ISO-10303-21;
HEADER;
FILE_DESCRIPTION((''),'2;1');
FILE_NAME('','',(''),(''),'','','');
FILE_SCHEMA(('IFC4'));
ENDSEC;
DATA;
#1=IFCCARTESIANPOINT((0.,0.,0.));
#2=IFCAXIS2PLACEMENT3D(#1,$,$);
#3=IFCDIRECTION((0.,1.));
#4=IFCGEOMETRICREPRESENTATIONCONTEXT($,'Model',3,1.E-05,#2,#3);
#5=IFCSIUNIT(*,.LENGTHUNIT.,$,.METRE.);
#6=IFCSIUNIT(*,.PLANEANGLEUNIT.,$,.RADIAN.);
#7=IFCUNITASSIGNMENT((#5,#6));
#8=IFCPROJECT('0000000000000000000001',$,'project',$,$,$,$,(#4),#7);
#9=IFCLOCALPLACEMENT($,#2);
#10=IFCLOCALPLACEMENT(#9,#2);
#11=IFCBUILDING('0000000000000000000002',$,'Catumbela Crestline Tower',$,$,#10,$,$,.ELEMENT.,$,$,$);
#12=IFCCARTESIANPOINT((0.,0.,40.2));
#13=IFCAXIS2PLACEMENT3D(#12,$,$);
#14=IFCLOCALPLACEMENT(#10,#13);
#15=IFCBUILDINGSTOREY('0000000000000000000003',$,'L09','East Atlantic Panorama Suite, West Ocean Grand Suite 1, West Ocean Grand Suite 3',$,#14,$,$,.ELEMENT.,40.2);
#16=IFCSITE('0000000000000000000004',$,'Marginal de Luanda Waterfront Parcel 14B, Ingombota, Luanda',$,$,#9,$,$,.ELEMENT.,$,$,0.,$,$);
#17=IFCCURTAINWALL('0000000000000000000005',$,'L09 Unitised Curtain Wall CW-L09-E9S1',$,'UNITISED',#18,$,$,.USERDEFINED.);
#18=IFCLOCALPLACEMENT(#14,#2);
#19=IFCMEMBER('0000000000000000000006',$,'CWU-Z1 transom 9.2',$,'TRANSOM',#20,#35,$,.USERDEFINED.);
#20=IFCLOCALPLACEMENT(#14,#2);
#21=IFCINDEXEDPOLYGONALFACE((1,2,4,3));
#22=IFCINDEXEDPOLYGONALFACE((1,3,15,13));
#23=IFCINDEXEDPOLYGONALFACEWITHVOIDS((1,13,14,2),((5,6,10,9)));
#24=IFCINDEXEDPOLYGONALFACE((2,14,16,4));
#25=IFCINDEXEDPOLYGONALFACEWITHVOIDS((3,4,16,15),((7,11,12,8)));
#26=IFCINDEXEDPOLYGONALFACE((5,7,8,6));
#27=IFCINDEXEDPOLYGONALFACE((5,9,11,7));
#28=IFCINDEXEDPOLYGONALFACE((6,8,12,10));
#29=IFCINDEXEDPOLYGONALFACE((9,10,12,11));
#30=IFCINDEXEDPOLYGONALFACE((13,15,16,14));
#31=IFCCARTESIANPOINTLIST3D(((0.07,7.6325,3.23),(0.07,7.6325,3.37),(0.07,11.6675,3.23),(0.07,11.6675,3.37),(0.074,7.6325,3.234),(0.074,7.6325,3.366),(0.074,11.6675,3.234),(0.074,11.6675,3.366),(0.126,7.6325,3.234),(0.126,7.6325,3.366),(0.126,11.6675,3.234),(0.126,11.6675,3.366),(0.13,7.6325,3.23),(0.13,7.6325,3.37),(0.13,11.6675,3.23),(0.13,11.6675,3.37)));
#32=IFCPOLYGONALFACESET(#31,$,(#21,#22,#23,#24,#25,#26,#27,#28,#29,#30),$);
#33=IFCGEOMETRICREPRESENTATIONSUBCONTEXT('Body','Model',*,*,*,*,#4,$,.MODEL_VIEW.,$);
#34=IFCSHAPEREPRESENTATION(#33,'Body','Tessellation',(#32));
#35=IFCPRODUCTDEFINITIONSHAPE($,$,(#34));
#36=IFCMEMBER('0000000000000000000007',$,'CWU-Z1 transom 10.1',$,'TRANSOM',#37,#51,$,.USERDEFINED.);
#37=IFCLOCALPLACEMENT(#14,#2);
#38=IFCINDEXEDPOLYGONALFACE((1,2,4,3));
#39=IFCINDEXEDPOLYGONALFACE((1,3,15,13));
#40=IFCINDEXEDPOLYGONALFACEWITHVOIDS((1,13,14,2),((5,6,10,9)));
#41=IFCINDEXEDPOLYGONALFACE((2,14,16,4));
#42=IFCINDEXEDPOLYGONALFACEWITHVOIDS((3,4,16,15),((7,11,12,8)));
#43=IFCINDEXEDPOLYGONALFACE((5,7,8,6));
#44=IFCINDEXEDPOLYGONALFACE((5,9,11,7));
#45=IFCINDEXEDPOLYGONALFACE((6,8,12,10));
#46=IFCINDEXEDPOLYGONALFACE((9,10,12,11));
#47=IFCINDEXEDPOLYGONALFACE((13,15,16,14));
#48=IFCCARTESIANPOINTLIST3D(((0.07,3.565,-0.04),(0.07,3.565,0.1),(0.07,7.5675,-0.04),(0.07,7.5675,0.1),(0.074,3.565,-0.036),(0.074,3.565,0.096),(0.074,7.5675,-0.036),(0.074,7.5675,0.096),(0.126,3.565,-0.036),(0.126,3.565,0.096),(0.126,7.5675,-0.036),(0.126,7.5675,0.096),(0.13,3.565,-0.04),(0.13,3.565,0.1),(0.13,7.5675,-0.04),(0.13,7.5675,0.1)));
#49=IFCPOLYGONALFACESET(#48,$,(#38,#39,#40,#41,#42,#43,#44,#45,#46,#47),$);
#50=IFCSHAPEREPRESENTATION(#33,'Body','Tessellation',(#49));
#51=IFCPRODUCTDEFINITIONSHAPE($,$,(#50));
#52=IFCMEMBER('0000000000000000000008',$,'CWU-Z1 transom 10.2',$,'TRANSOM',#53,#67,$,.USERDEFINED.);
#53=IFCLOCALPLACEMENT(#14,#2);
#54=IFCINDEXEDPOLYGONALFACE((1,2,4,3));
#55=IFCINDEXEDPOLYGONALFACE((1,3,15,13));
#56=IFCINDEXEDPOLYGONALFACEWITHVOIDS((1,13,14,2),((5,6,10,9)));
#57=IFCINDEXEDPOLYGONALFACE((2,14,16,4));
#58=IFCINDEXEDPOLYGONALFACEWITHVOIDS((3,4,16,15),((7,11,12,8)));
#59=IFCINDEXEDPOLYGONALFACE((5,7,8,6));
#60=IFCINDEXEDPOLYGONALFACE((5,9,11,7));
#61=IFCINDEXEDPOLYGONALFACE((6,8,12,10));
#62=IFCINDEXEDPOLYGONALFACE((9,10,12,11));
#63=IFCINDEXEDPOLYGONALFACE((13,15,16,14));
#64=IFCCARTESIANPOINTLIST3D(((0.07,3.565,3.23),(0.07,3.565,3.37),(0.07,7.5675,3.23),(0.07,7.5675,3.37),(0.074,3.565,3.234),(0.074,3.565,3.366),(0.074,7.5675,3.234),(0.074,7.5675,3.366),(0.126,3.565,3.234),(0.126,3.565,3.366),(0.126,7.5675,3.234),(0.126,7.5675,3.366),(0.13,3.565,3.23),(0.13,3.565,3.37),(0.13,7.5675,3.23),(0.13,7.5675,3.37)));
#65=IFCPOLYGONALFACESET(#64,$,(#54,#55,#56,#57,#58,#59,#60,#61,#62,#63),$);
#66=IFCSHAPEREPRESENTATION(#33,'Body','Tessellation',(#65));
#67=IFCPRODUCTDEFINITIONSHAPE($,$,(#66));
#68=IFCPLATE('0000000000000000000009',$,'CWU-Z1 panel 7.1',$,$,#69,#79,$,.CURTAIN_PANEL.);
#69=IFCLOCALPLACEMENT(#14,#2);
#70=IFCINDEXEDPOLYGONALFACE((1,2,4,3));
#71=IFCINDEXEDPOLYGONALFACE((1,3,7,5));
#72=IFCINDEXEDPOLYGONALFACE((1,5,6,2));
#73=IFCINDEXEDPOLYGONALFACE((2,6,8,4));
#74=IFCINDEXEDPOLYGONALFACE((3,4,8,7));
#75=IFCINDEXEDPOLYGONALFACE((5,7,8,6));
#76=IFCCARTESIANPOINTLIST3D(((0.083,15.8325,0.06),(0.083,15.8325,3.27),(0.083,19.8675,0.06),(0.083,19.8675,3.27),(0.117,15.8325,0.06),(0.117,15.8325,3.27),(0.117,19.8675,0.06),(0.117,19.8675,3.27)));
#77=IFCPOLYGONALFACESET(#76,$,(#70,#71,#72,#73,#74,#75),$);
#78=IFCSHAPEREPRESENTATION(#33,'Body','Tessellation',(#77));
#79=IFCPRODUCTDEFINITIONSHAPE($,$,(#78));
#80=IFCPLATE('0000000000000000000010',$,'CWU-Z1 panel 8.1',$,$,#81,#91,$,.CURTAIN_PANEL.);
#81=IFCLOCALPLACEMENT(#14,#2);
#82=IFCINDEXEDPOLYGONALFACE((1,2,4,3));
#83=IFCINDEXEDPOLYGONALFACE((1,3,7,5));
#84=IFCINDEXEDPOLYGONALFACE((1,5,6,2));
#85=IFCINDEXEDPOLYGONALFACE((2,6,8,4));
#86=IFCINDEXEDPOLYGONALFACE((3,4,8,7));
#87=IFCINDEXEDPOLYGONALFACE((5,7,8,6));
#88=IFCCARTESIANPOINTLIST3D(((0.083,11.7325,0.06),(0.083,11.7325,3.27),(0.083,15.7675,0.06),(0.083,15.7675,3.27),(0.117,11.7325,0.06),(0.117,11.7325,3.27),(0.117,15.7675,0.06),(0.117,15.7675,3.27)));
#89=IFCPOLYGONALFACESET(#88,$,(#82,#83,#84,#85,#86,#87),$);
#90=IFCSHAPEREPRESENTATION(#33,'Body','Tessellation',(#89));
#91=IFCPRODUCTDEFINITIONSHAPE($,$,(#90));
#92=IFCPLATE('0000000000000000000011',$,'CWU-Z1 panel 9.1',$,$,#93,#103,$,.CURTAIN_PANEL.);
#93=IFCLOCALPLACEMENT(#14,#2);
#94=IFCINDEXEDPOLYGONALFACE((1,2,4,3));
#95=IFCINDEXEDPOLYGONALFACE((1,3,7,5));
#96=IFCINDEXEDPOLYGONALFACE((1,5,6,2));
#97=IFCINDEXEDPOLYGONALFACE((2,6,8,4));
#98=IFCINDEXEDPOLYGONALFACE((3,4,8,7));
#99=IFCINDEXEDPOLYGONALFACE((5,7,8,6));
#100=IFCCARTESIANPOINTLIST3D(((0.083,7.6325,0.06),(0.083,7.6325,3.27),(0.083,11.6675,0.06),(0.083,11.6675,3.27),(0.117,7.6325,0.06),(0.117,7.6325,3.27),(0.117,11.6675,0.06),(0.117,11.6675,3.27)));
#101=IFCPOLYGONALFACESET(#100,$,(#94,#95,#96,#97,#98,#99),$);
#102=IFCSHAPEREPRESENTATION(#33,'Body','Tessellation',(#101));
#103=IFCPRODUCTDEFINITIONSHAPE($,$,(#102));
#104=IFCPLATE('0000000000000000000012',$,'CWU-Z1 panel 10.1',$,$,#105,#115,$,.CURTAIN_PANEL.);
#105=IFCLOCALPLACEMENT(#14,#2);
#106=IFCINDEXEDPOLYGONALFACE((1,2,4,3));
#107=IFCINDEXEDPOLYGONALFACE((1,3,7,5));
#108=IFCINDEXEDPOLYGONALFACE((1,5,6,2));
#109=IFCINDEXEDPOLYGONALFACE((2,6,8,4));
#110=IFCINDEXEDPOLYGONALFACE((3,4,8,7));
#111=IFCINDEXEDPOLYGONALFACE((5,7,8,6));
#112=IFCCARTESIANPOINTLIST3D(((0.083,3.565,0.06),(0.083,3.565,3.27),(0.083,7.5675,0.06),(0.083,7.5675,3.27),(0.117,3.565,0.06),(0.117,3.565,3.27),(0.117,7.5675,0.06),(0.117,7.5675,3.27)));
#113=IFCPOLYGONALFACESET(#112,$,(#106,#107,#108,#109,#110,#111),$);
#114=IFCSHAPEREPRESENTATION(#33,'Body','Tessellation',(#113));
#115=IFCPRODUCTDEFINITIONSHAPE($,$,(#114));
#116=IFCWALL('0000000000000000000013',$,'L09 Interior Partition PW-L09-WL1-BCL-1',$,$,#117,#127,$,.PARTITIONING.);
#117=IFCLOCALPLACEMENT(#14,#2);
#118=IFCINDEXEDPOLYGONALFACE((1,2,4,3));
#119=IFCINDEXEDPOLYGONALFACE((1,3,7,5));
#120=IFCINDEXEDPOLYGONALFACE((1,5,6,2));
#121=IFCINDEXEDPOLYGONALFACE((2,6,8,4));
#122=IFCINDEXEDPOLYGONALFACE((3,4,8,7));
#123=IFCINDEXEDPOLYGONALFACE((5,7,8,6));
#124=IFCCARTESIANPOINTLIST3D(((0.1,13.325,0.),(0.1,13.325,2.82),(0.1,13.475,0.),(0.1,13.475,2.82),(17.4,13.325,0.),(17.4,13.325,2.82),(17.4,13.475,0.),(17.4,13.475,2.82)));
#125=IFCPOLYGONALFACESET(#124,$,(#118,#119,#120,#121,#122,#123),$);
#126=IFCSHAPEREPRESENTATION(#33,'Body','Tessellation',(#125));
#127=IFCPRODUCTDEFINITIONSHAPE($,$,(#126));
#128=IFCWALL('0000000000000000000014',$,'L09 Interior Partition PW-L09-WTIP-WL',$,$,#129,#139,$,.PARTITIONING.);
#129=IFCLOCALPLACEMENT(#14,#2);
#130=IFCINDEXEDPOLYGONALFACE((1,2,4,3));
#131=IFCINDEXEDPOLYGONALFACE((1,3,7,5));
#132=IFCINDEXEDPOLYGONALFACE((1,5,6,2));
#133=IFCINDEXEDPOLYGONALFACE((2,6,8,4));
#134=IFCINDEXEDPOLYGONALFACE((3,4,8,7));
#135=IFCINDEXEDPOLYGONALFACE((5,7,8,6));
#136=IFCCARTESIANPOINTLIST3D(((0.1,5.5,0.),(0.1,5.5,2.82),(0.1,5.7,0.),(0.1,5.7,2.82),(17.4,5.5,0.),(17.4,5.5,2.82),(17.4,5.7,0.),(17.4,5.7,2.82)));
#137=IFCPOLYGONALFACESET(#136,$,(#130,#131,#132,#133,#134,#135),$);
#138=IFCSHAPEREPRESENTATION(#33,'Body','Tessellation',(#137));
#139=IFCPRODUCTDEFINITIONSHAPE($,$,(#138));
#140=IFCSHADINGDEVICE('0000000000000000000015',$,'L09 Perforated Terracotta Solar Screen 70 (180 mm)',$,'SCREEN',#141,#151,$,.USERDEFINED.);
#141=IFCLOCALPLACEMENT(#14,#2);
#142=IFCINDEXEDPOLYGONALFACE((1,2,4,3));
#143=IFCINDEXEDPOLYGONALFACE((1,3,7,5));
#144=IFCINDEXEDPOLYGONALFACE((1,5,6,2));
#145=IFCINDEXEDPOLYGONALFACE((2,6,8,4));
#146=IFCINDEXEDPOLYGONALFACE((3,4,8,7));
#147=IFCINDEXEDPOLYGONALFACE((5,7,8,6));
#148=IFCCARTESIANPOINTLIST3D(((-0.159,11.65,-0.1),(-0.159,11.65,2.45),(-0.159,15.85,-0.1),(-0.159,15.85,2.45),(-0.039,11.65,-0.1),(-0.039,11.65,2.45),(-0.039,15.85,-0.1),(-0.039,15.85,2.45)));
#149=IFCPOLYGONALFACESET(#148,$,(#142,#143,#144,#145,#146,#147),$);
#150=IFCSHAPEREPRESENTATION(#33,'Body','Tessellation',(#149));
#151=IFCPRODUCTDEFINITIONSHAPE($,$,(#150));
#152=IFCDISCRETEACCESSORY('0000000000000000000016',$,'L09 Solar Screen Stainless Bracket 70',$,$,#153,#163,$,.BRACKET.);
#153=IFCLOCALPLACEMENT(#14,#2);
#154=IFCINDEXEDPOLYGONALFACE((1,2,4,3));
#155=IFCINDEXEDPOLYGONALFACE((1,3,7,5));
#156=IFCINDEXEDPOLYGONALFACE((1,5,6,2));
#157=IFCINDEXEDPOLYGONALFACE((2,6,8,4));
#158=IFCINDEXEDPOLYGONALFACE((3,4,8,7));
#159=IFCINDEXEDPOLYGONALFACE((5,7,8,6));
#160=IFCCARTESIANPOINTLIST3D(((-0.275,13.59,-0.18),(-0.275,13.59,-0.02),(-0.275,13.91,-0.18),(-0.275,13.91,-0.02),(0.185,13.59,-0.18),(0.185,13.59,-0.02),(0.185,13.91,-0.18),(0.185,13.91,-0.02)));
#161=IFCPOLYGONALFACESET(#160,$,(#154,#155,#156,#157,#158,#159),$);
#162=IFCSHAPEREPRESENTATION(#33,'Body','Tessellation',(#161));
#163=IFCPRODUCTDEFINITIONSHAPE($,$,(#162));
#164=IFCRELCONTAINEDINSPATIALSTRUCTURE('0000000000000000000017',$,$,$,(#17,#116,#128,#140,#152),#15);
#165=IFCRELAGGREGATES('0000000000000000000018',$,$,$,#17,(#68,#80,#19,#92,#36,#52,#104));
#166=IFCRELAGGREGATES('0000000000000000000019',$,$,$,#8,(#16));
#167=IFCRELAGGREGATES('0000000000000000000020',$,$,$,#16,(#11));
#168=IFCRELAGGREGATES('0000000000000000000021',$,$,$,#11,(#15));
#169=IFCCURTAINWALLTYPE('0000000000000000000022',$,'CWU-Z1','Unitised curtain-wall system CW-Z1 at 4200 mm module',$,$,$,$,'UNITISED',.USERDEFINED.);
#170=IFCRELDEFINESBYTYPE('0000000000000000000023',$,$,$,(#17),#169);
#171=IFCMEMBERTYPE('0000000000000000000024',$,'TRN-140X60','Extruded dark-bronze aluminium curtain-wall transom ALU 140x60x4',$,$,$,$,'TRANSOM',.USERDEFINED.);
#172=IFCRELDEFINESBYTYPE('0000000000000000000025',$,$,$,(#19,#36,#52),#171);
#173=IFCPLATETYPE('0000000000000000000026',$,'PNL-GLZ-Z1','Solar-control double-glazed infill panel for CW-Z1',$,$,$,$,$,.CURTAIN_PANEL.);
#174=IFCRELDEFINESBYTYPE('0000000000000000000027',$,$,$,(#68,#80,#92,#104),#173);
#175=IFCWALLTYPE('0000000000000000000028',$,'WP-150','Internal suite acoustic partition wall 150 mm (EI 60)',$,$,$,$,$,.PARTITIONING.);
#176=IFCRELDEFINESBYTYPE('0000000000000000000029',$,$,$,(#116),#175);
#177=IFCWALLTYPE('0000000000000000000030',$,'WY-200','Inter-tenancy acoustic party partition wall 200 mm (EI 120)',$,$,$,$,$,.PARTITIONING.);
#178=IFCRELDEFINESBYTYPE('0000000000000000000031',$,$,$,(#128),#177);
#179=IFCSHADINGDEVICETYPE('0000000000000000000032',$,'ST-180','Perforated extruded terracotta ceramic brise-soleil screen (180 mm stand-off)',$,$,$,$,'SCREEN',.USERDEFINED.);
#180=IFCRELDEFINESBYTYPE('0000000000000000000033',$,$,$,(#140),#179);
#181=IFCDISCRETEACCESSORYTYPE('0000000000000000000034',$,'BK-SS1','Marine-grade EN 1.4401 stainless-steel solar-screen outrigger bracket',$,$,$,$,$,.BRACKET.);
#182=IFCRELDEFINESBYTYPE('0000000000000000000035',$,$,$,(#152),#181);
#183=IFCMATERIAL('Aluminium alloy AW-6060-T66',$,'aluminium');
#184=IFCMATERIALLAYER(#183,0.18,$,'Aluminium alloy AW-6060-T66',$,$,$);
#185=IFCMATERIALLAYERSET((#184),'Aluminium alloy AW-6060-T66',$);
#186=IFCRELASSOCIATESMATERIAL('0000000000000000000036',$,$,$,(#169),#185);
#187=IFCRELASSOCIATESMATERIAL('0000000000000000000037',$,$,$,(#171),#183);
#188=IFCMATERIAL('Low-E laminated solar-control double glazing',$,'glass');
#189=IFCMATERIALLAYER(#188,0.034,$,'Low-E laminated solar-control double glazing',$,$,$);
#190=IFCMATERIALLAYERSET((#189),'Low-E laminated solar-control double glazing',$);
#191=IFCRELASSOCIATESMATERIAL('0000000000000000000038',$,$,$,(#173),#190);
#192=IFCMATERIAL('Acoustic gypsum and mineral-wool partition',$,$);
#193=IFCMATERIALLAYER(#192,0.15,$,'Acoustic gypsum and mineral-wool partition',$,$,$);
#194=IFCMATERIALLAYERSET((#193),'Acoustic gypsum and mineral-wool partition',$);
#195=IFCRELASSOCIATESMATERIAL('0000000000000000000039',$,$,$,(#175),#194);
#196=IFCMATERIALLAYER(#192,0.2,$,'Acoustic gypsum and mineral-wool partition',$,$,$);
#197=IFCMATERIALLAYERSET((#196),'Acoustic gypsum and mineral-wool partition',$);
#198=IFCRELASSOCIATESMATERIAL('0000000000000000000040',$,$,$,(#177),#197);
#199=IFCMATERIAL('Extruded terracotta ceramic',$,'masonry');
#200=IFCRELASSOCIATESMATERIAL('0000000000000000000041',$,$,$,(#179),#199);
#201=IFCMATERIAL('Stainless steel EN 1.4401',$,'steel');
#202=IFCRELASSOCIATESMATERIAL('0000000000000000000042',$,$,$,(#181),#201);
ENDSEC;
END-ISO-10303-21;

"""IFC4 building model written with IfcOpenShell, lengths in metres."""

from ifc_helpers import new_model, si_unit, direction, frame, frame_2d, origin, origin_2d, place, context, subcontext, project, spatial, rectangle, hollow_rectangle, extrude, material, layer, layer_set, material_profile, profile_set, type_object, element, aggregate, save


model = new_model("IFC4")

# Units and contexts
model_context = context("Model", 3, precision=1e-05, world=origin(), true_north=direction((0.0, 1.0)))
body_context = subcontext(model_context, "Body", "Model", "MODEL_VIEW")
ifc_project = project(units=[si_unit("LENGTHUNIT", "METRE"), si_unit("PLANEANGLEUNIT", "RADIAN")], contexts=[model_context])

# Site, building, storey
site_placement = place(None, origin())
site = spatial("IfcSite", under=ifc_project, at=site_placement, Name="Marginal de Luanda Waterfront Parcel 14B, Ingombota, Luanda", CompositionType="ELEMENT", RefElevation=0.0)
building_placement = place(site_placement, origin())
building = spatial("IfcBuilding", under=site, at=building_placement, Name="Catumbela Crestline Tower", CompositionType="ELEMENT")
storey_placement = place(building_placement, frame((0.0, 0.0, 40.2)))
storey = spatial("IfcBuildingStorey", under=building, at=storey_placement, Name="L09", Description="East Atlantic Panorama Suite, West Ocean Grand Suite 1, West Ocean Grand Suite 3", CompositionType="ELEMENT", Elevation=40.2)

# Curtain wall
ifc_material_1 = material(Name="Aluminium alloy AW-6060-T66", Category="aluminium")
ifc_layer_1 = layer(ifc_material_1, 0.18, Name="Aluminium alloy AW-6060-T66")
ifc_layer_set_1 = layer_set([ifc_layer_1], Name="Aluminium alloy AW-6060-T66")
curtain_wall_type = type_object("IfcCurtainWallType", Name="CWU-Z1", Description="Unitised curtain-wall system CW-Z1 at 4200 mm module", ElementType="UNITISED", PredefinedType="USERDEFINED", material=ifc_layer_set_1)
curtain_wall_placement = place(storey_placement, origin())
curtain_wall = element("IfcCurtainWall", 1, at=curtain_wall_placement, inside=storey, type_object=curtain_wall_type, Name="L09 Unitised Curtain Wall CW-L09-E9S1", ObjectType="UNITISED", PredefinedType="USERDEFINED")

# Members
ifc_material_profile_1 = material_profile(ifc_material_1, hollow_rectangle(XDim=0.06, YDim=0.14, WallThickness=0.004, at=origin_2d()), Name="ALU 140x60x4")
ifc_profile_set_1 = profile_set([ifc_material_profile_1], Name="Aluminium alloy AW-6060-T66")
member_type_1 = type_object("IfcMemberType", Name="TRN-140X60", Description="Extruded dark-bronze aluminium curtain-wall transom ALU 140x60x4", ElementType="TRANSOM", PredefinedType="USERDEFINED", material=ifc_profile_set_1)
member_1_placement = place(storey_placement, frame((0.1, 11.6675, 3.3), z_axis=(0.0, -1.0, 0.0), x_axis=(1.0, 0.0, 0.0)))
member_1 = element("IfcMember", 2, at=member_1_placement, type_object=member_type_1, Name="CWU-Z1 transom 9.2", ObjectType="TRANSOM", PredefinedType="USERDEFINED", context=body_context, shape_type="SweptSolid", body=[
    extrude(hollow_rectangle(XDim=0.06, YDim=0.14, WallThickness=0.004, at=origin_2d()), origin(), (0.0, 0.0, 1.0), 4.035),
])
member_2_placement = place(storey_placement, frame((0.1, 7.5675, 0.03), z_axis=(0.0, -1.0, 0.0), x_axis=(1.0, 0.0, 0.0)))
member_2 = element("IfcMember", 3, at=member_2_placement, type_object=member_type_1, Name="CWU-Z1 transom 10.1", ObjectType="TRANSOM", PredefinedType="USERDEFINED", context=body_context, shape_type="SweptSolid", body=[
    extrude(hollow_rectangle(XDim=0.06, YDim=0.14, WallThickness=0.004, at=origin_2d()), origin(), (0.0, 0.0, 1.0), 4.0025),
])
member_3_placement = place(storey_placement, frame((0.1, 7.5675, 3.3), z_axis=(0.0, -1.0, 0.0), x_axis=(1.0, 0.0, 0.0)))
member_3 = element("IfcMember", 4, at=member_3_placement, type_object=member_type_1, Name="CWU-Z1 transom 10.2", ObjectType="TRANSOM", PredefinedType="USERDEFINED", context=body_context, shape_type="SweptSolid", body=[
    extrude(hollow_rectangle(XDim=0.06, YDim=0.14, WallThickness=0.004, at=origin_2d()), origin(), (0.0, 0.0, 1.0), 4.0025),
])

# Plates
ifc_material_2 = material(Name="Low-E laminated solar-control double glazing", Category="glass")
ifc_layer_2 = layer(ifc_material_2, 0.034, Name="Low-E laminated solar-control double glazing")
ifc_layer_set_2 = layer_set([ifc_layer_2], Name="Low-E laminated solar-control double glazing")
plate_type = type_object("IfcPlateType", Name="PNL-GLZ-Z1", Description="Solar-control double-glazed infill panel for CW-Z1", PredefinedType="CURTAIN_PANEL", material=ifc_layer_set_2)
plate_1_placement = place(storey_placement, frame((0.1, 17.85, 0.06), z_axis=(0.0, 0.0, 1.0), x_axis=(0.0, -1.0, 0.0)))
plate_1 = element("IfcPlate", 5, at=plate_1_placement, type_object=plate_type, Name="CWU-Z1 panel 7.1", PredefinedType="CURTAIN_PANEL", context=body_context, shape_type="SweptSolid", body=[
    extrude(rectangle(XDim=4.035, YDim=0.034, at=origin_2d()), origin(), (0.0, 0.0, 1.0), 3.21),
])
plate_2_placement = place(storey_placement, frame((0.1, 13.75, 0.06), z_axis=(0.0, 0.0, 1.0), x_axis=(0.0, -1.0, 0.0)))
plate_2 = element("IfcPlate", 6, at=plate_2_placement, type_object=plate_type, Name="CWU-Z1 panel 8.1", PredefinedType="CURTAIN_PANEL", context=body_context, shape_type="SweptSolid", body=[
    extrude(rectangle(XDim=4.035, YDim=0.034, at=origin_2d()), origin(), (0.0, 0.0, 1.0), 3.21),
])
plate_3_placement = place(storey_placement, frame((0.1, 9.65, 0.06), z_axis=(0.0, 0.0, 1.0), x_axis=(0.0, -1.0, 0.0)))
plate_3 = element("IfcPlate", 7, at=plate_3_placement, type_object=plate_type, Name="CWU-Z1 panel 9.1", PredefinedType="CURTAIN_PANEL", context=body_context, shape_type="SweptSolid", body=[
    extrude(rectangle(XDim=4.035, YDim=0.034, at=origin_2d()), origin(), (0.0, 0.0, 1.0), 3.21),
])
plate_4_placement = place(storey_placement, frame((0.1, 5.5662, 0.06), z_axis=(0.0, 0.0, 1.0), x_axis=(0.0, -1.0, 0.0)))
plate_4 = element("IfcPlate", 8, at=plate_4_placement, type_object=plate_type, Name="CWU-Z1 panel 10.1", PredefinedType="CURTAIN_PANEL", context=body_context, shape_type="SweptSolid", body=[
    extrude(rectangle(XDim=4.0025, YDim=0.034, at=origin_2d()), origin(), (0.0, 0.0, 1.0), 3.21),
])
aggregate(curtain_wall, [plate_1, plate_2, member_1, plate_3, member_2, member_3, plate_4])

# Walls
ifc_material_3 = material(Name="Acoustic gypsum and mineral-wool partition")
ifc_layer_3 = layer(ifc_material_3, 0.15, Name="Acoustic gypsum and mineral-wool partition")
ifc_layer_set_3 = layer_set([ifc_layer_3], Name="Acoustic gypsum and mineral-wool partition")
wall_type_1 = type_object("IfcWallType", Name="WP-150", Description="Internal suite acoustic partition wall 150 mm (EI 60)", PredefinedType="PARTITIONING", material=ifc_layer_set_3)
wall_1_placement = place(storey_placement, frame((0.1, 13.4, 0.0), z_axis=(0.0, 0.0, 1.0), x_axis=(1.0, 0.0, 0.0)))
element("IfcWall", 9, at=wall_1_placement, inside=storey, type_object=wall_type_1, Name="L09 Interior Partition PW-L09-WL1-BCL-1", PredefinedType="PARTITIONING", context=body_context, shape_type="SweptSolid", body=[
    extrude(rectangle(XDim=17.3, YDim=0.15, at=frame_2d((8.65, 0.0))), origin(), (0.0, 0.0, 1.0), 2.82),
])
ifc_layer_4 = layer(ifc_material_3, 0.2, Name="Acoustic gypsum and mineral-wool partition")
ifc_layer_set_4 = layer_set([ifc_layer_4], Name="Acoustic gypsum and mineral-wool partition")
wall_type_2 = type_object("IfcWallType", Name="WY-200", Description="Inter-tenancy acoustic party partition wall 200 mm (EI 120)", PredefinedType="PARTITIONING", material=ifc_layer_set_4)
wall_2_placement = place(storey_placement, frame((0.1, 5.6, 0.0), z_axis=(0.0, 0.0, 1.0), x_axis=(1.0, 0.0, 0.0)))
element("IfcWall", 10, at=wall_2_placement, inside=storey, type_object=wall_type_2, Name="L09 Interior Partition PW-L09-WTIP-WL", PredefinedType="PARTITIONING", context=body_context, shape_type="SweptSolid", body=[
    extrude(rectangle(XDim=17.3, YDim=0.2, at=frame_2d((8.65, 0.0))), origin(), (0.0, 0.0, 1.0), 2.82),
])

# Shading device
ifc_material_4 = material(Name="Extruded terracotta ceramic", Category="masonry")
shading_device_type = type_object("IfcShadingDeviceType", Name="ST-180", Description="Perforated extruded terracotta ceramic brise-soleil screen (180 mm stand-off)", ElementType="SCREEN", PredefinedType="USERDEFINED", material=ifc_material_4)
shading_device_placement = place(storey_placement, frame((-0.099, 13.75, -0.1), z_axis=(0.0, 0.0, 1.0), x_axis=(0.0, -1.0, 0.0)))
element("IfcShadingDevice", 11, at=shading_device_placement, inside=storey, type_object=shading_device_type, Name="L09 Perforated Terracotta Solar Screen 70 (180 mm)", ObjectType="SCREEN", PredefinedType="USERDEFINED", context=body_context, shape_type="SweptSolid", body=[
    extrude(rectangle(XDim=4.2, YDim=0.12, at=origin_2d()), origin(), (0.0, 0.0, 1.0), 2.55),
])

# Discrete accessory
ifc_material_5 = material(Name="Stainless steel EN 1.4401", Category="steel")
discrete_accessory_type = type_object("IfcDiscreteAccessoryType", Name="BK-SS1", Description="Marine-grade EN 1.4401 stainless-steel solar-screen outrigger bracket", PredefinedType="BRACKET", material=ifc_material_5)
discrete_accessory_placement = place(storey_placement, frame((-0.045, 13.75, -0.18), z_axis=(0.0, 0.0, 1.0), x_axis=(0.0, -1.0, 0.0)))
element("IfcDiscreteAccessory", 12, at=discrete_accessory_placement, inside=storey, type_object=discrete_accessory_type, Name="L09 Solar Screen Stainless Bracket 70", PredefinedType="BRACKET", context=body_context, shape_type="SweptSolid", body=[
    extrude(rectangle(XDim=0.32, YDim=0.46, at=origin_2d()), origin(), (0.0, 0.0, 1.0), 0.16),
])

save(model, "model.ifc")
